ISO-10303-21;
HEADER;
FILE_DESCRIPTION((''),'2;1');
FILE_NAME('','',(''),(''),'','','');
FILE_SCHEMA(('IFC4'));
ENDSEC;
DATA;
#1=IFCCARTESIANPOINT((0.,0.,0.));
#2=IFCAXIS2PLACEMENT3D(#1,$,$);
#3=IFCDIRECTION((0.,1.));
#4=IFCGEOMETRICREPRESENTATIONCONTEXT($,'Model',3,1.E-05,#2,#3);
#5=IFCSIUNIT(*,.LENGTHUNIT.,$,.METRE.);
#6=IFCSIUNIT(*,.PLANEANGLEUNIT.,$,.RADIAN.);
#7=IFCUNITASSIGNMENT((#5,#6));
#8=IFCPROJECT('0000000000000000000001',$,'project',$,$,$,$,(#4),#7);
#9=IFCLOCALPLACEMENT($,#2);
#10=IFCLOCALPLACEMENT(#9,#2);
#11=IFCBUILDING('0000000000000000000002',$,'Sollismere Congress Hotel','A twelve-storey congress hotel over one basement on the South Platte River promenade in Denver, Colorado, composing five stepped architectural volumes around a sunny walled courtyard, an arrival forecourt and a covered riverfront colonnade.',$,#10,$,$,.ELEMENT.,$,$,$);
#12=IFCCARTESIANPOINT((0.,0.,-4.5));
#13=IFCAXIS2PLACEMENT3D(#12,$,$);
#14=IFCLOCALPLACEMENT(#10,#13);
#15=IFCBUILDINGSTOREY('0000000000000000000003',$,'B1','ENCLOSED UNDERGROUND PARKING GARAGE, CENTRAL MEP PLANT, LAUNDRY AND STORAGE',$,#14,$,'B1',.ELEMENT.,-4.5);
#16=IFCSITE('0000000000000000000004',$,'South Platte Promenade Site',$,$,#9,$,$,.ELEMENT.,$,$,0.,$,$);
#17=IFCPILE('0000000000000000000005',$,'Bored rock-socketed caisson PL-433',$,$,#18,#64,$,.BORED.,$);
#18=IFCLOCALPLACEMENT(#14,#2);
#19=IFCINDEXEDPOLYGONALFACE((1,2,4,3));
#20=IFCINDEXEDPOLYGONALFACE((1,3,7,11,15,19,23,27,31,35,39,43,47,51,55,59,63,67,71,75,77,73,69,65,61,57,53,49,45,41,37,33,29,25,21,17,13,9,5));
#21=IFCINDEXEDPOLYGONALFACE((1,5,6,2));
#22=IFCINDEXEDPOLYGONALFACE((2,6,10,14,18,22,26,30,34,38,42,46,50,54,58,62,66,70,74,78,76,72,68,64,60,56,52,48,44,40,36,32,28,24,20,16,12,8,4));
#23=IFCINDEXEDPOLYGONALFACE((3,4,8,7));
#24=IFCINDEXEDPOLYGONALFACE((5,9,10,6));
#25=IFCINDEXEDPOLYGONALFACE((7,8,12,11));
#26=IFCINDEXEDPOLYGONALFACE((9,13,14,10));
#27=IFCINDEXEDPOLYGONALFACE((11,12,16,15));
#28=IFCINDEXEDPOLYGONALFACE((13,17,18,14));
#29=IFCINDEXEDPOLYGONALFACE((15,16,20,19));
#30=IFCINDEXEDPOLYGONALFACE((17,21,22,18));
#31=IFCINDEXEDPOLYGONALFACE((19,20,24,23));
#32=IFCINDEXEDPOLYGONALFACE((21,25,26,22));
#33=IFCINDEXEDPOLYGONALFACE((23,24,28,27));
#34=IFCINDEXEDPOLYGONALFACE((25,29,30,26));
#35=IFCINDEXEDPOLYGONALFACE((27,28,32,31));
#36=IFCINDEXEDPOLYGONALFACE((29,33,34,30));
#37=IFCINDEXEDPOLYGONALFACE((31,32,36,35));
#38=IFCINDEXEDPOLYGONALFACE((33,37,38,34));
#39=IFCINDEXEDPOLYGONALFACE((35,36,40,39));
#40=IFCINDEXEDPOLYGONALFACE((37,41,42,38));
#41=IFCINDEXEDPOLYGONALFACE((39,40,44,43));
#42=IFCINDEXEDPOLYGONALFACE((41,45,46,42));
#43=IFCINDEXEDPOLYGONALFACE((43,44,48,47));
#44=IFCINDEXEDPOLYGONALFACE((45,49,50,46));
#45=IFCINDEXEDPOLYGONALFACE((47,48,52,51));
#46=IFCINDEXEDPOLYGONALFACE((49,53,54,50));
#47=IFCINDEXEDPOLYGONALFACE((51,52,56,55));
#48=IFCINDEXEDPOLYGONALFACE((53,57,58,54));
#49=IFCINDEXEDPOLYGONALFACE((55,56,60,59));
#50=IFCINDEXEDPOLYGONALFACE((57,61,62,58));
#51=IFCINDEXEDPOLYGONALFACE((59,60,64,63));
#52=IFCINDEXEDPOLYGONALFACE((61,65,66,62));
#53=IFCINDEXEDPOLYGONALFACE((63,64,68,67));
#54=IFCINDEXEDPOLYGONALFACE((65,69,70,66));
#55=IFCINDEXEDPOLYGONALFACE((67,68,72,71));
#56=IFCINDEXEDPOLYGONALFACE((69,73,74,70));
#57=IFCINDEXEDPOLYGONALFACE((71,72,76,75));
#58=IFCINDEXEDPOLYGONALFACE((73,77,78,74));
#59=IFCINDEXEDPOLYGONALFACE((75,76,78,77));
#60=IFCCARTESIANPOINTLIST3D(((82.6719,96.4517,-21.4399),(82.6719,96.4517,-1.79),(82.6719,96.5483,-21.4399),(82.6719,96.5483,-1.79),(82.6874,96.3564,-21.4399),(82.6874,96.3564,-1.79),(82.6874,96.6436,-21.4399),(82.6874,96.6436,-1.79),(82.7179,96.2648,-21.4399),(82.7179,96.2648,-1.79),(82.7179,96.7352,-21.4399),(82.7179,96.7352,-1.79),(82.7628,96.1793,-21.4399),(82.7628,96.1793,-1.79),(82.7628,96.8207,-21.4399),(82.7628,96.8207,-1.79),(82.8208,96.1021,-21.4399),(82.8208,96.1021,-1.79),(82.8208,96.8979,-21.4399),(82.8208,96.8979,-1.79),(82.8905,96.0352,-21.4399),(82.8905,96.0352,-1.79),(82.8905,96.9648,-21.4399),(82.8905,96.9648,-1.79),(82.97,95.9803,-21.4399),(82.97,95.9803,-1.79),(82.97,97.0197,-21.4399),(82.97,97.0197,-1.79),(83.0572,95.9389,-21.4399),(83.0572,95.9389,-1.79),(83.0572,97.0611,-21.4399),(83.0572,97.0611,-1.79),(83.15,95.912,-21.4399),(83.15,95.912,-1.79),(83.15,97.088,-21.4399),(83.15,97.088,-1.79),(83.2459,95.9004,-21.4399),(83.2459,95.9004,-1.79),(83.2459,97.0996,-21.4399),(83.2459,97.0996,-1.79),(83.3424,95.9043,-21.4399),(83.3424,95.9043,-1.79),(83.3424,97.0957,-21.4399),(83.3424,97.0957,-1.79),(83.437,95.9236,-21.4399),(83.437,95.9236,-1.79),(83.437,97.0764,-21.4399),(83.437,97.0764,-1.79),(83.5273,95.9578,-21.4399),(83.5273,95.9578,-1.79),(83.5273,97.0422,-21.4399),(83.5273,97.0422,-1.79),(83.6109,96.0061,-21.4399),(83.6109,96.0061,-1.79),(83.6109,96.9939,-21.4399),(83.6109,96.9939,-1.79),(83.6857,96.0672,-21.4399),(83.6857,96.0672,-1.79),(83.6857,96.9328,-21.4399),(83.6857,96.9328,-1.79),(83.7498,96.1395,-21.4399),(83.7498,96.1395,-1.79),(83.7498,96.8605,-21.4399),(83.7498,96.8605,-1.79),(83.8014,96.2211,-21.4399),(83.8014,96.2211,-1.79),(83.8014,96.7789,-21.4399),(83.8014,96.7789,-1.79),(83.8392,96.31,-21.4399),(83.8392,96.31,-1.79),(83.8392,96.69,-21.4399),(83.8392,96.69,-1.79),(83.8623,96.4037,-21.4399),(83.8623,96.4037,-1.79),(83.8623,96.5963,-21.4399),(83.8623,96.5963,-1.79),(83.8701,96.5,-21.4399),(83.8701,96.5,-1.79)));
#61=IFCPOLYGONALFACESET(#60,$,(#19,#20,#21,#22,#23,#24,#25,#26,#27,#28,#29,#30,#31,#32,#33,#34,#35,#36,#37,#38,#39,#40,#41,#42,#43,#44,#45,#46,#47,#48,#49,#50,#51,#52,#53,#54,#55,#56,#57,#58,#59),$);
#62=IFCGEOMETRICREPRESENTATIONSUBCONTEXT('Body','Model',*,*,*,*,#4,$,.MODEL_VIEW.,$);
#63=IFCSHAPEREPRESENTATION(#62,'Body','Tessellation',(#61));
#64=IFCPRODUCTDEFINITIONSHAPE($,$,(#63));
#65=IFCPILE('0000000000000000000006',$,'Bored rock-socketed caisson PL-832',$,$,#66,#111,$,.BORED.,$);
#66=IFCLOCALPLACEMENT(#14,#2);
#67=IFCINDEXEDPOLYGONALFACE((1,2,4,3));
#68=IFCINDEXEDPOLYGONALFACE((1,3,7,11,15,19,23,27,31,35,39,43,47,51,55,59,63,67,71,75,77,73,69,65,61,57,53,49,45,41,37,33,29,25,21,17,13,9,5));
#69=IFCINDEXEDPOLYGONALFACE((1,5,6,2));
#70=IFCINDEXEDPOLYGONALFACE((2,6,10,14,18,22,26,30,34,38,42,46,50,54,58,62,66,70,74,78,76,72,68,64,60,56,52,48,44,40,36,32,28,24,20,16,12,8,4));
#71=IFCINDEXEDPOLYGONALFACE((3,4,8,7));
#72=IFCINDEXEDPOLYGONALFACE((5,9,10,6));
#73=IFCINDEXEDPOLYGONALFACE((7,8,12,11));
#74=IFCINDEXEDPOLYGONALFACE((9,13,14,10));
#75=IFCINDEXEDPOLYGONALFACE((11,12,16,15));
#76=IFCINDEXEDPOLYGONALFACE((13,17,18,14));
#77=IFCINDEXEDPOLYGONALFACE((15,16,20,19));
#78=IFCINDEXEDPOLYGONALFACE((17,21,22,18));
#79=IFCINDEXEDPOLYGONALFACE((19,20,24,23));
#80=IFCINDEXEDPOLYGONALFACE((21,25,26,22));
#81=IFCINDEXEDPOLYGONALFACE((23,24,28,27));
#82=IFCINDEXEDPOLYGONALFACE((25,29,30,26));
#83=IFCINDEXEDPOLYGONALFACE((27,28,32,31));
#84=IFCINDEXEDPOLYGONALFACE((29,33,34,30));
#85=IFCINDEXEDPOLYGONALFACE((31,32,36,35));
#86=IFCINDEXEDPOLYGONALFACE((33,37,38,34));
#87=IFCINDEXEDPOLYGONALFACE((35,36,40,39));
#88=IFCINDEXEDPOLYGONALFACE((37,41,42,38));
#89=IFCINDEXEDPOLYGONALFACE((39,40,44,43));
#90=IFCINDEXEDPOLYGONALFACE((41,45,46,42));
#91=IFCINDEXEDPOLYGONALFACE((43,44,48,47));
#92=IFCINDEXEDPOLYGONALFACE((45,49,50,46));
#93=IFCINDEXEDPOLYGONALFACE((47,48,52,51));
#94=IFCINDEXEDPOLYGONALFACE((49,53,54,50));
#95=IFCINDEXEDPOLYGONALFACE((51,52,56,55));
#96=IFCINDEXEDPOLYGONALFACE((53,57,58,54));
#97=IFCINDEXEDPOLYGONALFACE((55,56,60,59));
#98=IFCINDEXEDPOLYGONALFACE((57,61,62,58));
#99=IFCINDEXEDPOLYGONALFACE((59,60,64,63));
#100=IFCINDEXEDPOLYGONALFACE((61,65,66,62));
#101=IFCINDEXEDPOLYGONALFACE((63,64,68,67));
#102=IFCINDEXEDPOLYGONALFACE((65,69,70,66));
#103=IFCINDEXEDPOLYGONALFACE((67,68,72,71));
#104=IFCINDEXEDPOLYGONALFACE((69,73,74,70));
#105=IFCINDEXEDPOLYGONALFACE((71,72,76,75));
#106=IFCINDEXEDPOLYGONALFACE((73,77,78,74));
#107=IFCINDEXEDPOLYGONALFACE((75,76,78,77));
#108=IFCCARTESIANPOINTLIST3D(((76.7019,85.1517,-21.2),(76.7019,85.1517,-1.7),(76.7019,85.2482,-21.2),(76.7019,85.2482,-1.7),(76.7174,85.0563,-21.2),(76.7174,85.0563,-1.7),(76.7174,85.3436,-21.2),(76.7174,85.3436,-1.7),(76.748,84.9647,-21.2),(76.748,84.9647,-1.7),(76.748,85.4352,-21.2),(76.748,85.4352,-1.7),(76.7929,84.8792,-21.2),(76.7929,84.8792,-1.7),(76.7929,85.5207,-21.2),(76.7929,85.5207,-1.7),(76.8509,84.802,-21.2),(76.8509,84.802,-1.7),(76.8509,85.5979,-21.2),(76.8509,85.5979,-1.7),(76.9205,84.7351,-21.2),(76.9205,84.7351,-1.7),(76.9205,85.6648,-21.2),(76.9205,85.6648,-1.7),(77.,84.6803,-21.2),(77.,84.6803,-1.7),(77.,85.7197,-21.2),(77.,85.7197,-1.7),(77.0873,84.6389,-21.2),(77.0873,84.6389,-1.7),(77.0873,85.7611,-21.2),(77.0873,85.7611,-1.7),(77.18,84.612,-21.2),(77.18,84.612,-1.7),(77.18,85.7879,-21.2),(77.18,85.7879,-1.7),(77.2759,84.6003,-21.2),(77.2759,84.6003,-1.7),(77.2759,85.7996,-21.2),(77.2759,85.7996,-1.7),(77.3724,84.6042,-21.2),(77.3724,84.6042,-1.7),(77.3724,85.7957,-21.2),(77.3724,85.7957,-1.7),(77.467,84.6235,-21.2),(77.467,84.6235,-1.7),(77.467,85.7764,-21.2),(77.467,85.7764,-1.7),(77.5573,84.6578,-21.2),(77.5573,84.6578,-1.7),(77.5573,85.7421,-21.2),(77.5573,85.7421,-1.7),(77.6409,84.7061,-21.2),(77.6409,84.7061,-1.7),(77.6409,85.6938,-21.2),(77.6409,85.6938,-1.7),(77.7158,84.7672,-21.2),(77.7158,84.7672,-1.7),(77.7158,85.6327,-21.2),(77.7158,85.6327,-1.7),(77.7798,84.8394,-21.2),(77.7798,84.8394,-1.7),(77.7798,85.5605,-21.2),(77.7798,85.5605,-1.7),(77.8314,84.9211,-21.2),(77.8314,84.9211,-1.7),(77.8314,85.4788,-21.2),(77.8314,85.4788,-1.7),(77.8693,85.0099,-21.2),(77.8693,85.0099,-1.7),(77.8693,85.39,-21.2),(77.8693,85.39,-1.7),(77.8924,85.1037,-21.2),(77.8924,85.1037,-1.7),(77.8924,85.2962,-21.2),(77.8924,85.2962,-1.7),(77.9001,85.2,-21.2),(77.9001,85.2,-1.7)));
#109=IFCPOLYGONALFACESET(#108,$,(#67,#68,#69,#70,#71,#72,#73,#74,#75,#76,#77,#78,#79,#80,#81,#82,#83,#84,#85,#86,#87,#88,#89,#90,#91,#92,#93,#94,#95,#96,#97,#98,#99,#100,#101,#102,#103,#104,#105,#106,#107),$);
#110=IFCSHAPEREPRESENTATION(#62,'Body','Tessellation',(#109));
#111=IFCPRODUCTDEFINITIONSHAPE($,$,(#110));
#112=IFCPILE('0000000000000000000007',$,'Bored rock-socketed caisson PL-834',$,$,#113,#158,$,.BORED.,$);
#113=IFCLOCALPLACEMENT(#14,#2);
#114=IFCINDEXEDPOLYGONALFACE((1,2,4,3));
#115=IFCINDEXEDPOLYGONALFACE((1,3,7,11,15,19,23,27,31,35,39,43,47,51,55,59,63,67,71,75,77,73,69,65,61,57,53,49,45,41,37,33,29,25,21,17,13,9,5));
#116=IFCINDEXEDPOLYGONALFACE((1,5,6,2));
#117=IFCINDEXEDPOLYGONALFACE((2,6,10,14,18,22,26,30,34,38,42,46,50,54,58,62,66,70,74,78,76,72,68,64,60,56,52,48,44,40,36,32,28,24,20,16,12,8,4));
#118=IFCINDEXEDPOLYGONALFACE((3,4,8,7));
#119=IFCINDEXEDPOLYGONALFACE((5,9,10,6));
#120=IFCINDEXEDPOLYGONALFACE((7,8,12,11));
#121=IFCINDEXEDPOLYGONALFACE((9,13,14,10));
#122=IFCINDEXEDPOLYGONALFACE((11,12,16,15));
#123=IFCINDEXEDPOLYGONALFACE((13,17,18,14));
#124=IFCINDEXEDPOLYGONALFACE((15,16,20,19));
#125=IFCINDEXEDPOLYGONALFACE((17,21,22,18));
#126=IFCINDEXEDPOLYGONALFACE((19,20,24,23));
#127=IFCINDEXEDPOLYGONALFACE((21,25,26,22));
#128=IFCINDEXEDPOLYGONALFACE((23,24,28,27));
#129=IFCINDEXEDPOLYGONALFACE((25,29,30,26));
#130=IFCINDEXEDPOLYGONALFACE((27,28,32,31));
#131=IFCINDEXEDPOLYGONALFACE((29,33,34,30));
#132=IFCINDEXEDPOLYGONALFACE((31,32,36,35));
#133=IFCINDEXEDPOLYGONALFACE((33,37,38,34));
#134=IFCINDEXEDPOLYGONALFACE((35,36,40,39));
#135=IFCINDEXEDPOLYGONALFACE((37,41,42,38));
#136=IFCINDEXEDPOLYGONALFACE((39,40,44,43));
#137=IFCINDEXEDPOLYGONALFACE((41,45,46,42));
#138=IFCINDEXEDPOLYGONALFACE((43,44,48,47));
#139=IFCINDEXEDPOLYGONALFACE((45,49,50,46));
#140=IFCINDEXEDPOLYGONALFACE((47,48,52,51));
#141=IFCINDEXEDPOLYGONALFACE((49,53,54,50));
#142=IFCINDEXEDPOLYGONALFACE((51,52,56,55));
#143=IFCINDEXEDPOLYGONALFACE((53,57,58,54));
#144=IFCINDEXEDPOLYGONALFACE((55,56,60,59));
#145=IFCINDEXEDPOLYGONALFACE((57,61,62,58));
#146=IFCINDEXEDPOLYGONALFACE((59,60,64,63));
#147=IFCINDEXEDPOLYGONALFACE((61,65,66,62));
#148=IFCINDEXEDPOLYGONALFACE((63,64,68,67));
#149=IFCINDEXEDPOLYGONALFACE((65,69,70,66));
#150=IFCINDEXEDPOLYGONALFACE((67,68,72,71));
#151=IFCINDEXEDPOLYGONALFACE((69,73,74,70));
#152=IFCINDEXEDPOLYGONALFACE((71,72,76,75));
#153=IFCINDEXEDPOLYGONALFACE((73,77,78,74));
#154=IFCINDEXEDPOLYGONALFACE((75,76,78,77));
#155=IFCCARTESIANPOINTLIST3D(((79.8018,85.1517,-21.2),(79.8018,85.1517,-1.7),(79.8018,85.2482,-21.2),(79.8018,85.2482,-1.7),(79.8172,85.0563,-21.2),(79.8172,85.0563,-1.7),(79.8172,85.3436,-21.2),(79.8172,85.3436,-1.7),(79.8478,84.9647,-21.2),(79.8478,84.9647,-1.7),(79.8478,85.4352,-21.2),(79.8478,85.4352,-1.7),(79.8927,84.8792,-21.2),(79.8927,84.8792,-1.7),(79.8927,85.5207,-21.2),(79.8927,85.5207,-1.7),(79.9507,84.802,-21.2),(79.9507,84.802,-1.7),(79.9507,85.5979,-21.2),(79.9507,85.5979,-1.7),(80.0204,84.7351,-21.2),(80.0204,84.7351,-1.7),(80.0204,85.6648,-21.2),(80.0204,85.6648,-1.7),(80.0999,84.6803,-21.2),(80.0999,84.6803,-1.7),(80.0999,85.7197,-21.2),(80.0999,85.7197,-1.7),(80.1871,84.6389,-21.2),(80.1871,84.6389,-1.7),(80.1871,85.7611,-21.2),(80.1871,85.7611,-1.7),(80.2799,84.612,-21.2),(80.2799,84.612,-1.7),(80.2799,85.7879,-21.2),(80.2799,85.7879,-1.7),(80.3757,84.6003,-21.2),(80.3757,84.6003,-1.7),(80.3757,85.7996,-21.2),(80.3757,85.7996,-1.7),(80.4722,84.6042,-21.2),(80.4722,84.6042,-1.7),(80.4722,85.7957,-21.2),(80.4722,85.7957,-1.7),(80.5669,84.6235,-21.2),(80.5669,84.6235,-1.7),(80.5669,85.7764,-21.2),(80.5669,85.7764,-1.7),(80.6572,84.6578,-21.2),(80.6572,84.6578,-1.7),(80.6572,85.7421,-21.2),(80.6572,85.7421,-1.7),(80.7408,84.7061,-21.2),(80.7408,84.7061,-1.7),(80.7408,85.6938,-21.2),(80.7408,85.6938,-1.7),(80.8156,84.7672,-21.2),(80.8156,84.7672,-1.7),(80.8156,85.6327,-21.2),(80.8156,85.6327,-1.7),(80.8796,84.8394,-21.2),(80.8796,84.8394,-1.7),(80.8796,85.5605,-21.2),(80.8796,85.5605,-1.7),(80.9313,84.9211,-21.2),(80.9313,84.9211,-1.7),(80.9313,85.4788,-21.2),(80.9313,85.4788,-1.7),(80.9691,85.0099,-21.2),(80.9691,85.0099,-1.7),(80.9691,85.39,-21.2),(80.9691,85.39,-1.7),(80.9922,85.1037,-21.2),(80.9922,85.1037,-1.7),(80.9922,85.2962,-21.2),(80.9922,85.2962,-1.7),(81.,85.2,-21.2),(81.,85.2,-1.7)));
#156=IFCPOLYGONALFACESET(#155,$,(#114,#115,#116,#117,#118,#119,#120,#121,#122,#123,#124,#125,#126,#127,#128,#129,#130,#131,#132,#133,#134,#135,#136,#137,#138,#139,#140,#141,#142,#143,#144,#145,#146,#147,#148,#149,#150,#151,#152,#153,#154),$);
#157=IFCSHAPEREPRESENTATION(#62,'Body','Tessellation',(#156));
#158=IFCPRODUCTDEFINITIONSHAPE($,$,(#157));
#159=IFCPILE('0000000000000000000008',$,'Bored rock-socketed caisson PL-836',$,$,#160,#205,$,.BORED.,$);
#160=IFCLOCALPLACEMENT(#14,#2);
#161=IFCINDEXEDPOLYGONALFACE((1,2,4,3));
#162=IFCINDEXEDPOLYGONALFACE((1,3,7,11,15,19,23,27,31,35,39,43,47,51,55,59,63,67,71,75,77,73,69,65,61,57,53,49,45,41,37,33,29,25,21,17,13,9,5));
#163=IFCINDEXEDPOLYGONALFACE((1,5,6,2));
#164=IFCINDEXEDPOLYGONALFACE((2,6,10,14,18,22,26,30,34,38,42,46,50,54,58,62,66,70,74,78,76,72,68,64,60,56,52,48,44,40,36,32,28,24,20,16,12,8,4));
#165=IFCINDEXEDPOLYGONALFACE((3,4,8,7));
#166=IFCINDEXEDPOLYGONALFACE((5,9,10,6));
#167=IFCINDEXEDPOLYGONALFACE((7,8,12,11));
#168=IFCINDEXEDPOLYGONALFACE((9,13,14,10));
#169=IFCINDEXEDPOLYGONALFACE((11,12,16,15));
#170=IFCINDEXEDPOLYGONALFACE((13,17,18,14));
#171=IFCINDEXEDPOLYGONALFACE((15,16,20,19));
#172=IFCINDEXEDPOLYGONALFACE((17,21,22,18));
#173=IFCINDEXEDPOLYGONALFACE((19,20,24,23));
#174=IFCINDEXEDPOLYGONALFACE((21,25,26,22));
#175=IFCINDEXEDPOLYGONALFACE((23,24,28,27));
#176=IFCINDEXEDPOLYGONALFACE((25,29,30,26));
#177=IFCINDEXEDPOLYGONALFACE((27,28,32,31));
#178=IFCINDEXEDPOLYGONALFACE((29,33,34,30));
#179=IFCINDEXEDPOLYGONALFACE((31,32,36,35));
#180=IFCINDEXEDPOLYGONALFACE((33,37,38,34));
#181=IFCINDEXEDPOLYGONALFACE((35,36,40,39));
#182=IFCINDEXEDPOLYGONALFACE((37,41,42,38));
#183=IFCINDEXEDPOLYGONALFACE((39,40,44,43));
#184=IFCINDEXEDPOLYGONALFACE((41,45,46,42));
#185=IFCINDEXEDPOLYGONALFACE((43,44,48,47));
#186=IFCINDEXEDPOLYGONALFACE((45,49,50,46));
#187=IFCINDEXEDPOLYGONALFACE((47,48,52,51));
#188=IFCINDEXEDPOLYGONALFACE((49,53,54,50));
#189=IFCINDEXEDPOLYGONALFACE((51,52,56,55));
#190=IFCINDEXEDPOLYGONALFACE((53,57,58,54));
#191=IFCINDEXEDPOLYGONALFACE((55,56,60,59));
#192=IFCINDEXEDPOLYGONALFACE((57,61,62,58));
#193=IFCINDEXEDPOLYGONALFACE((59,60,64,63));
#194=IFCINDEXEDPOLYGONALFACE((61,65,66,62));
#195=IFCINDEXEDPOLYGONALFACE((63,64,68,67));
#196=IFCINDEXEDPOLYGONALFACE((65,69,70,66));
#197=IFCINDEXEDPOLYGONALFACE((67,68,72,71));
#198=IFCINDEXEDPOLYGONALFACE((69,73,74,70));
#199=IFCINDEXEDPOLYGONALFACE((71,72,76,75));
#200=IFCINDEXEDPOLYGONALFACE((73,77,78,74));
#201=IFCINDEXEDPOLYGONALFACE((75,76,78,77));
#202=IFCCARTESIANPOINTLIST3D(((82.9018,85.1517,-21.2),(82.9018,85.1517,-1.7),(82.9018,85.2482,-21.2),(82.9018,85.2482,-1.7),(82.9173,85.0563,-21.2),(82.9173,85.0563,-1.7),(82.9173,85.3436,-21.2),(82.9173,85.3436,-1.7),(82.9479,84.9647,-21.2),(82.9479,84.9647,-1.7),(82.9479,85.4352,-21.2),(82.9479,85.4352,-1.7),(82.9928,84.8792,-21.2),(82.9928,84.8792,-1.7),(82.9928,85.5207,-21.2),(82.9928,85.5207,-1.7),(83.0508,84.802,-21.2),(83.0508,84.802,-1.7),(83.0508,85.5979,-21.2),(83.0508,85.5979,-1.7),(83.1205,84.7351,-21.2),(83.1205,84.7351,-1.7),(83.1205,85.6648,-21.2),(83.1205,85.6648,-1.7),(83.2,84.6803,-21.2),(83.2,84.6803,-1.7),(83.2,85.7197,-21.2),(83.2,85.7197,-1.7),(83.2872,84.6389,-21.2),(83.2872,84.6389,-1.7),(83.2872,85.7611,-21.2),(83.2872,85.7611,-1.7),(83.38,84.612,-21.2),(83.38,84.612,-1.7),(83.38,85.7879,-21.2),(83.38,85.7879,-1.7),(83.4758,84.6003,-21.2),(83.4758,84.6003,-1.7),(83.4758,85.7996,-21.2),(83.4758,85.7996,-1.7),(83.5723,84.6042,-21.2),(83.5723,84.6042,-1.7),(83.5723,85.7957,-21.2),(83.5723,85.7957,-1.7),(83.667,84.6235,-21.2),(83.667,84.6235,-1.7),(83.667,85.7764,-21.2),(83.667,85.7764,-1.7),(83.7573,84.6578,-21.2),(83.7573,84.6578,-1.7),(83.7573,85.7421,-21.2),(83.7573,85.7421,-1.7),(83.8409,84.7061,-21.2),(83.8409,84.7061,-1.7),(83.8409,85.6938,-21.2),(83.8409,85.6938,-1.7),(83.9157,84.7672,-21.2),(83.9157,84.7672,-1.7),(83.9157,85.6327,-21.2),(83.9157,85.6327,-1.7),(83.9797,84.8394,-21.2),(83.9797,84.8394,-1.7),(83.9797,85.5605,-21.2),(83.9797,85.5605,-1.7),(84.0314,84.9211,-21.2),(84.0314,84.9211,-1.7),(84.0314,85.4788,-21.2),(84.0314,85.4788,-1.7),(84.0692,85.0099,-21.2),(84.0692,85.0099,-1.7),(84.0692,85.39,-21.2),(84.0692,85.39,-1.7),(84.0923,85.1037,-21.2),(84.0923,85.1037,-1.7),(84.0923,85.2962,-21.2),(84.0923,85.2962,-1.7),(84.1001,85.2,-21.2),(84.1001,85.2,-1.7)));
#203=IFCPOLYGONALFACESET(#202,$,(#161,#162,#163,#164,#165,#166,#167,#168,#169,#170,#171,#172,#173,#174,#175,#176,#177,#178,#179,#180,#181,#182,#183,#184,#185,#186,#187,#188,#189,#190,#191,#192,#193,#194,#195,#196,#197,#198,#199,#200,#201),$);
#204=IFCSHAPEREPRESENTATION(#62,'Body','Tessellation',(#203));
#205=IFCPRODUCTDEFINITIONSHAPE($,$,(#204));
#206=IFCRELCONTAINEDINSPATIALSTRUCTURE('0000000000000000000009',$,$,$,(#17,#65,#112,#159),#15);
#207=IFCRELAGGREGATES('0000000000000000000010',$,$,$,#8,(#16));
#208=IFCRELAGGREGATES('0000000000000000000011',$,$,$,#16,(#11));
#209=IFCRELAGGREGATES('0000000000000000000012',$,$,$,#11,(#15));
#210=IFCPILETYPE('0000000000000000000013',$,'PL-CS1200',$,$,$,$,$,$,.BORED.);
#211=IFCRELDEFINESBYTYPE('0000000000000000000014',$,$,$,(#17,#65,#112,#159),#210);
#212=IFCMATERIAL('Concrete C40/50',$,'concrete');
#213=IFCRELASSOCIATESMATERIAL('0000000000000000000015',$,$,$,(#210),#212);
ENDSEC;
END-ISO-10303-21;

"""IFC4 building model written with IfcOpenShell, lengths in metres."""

from ifc_helpers import new_model, si_unit, direction, frame, origin, origin_2d, place, context, subcontext, project, spatial, circle, extrude, material, material_profile, profile_set, type_object, element, save


model = new_model("IFC4")

# Units and contexts
model_context = context("Model", 3, precision=1e-05, world=origin(), true_north=direction((0.0, 1.0)))
body_context = subcontext(model_context, "Body", "Model", "MODEL_VIEW")
ifc_project = project(units=[si_unit("LENGTHUNIT", "METRE"), si_unit("PLANEANGLEUNIT", "RADIAN")], contexts=[model_context])

# Site, building, storey
site_placement = place(None, origin())
site = spatial("IfcSite", under=ifc_project, at=site_placement, Name="South Platte Promenade Site", CompositionType="ELEMENT", RefElevation=0.0)
building_placement = place(site_placement, origin())
building = spatial("IfcBuilding", under=site, at=building_placement, Name="Sollismere Congress Hotel", Description="A twelve-storey congress hotel over one basement on the South Platte River promenade in Denver, Colorado, composing five stepped architectural volumes around a sunny walled courtyard, an arrival forecourt and a covered riverfront colonnade.", CompositionType="ELEMENT")
storey_placement = place(building_placement, frame((0.0, 0.0, -4.5)))
storey = spatial("IfcBuildingStorey", under=building, at=storey_placement, Name="B1", Description="ENCLOSED UNDERGROUND PARKING GARAGE, CENTRAL MEP PLANT, LAUNDRY AND STORAGE", LongName="B1", CompositionType="ELEMENT", Elevation=-4.5)

# Shared definitions
ifc_material_1 = material(Name="Concrete C40/50", Category="concrete")

# Piles
ifc_material_profile_1 = material_profile(ifc_material_1, circle(Radius=0.6001, at=origin_2d()), Name="CAISSON1200")
ifc_profile_set_1 = profile_set([ifc_material_profile_1], Name="Concrete C40/50")
pile_type = type_object("IfcPileType", Name="PL-CS1200", PredefinedType="BORED", material=ifc_profile_set_1)
for number, where, z_axis, x_axis, name in (
    (1, (83.27, 96.5, -1.79), (0.0, 0.0, -1.0), (1.0, 0.0, 0.0), "Bored rock-socketed caisson PL-433"),
):
    element("IfcPile", number, at=place(storey_placement, frame(where, z_axis=z_axis, x_axis=x_axis)), inside=storey, type_object=pile_type, Name=name, PredefinedType="BORED", context=body_context, shape_type="SweptSolid", body=[
        extrude(circle(Radius=0.6001, at=origin_2d()), origin(), (0.0, 0.0, 1.0), 19.6499),
    ])
for number, where, z_axis, x_axis, name in (
    (2, (77.3, 85.2, -1.7), (0.0, 0.0, -1.0), (1.0, 0.0, 0.0), "Bored rock-socketed caisson PL-832"),
    (3, (80.3999, 85.2, -1.7), (0.0, 0.0, -1.0), (1.0, 0.0, 0.0), "Bored rock-socketed caisson PL-834"),
    (4, (83.5, 85.2, -1.7), (0.0, 0.0, -1.0), (1.0, 0.0, 0.0), "Bored rock-socketed caisson PL-836"),
):
    element("IfcPile", number, at=place(storey_placement, frame(where, z_axis=z_axis, x_axis=x_axis)), inside=storey, type_object=pile_type, Name=name, PredefinedType="BORED", context=body_context, shape_type="SweptSolid", body=[
        extrude(circle(Radius=0.6001, at=origin_2d()), origin(), (0.0, 0.0, 1.0), 19.5),
    ])

save(model, "model.ifc")
